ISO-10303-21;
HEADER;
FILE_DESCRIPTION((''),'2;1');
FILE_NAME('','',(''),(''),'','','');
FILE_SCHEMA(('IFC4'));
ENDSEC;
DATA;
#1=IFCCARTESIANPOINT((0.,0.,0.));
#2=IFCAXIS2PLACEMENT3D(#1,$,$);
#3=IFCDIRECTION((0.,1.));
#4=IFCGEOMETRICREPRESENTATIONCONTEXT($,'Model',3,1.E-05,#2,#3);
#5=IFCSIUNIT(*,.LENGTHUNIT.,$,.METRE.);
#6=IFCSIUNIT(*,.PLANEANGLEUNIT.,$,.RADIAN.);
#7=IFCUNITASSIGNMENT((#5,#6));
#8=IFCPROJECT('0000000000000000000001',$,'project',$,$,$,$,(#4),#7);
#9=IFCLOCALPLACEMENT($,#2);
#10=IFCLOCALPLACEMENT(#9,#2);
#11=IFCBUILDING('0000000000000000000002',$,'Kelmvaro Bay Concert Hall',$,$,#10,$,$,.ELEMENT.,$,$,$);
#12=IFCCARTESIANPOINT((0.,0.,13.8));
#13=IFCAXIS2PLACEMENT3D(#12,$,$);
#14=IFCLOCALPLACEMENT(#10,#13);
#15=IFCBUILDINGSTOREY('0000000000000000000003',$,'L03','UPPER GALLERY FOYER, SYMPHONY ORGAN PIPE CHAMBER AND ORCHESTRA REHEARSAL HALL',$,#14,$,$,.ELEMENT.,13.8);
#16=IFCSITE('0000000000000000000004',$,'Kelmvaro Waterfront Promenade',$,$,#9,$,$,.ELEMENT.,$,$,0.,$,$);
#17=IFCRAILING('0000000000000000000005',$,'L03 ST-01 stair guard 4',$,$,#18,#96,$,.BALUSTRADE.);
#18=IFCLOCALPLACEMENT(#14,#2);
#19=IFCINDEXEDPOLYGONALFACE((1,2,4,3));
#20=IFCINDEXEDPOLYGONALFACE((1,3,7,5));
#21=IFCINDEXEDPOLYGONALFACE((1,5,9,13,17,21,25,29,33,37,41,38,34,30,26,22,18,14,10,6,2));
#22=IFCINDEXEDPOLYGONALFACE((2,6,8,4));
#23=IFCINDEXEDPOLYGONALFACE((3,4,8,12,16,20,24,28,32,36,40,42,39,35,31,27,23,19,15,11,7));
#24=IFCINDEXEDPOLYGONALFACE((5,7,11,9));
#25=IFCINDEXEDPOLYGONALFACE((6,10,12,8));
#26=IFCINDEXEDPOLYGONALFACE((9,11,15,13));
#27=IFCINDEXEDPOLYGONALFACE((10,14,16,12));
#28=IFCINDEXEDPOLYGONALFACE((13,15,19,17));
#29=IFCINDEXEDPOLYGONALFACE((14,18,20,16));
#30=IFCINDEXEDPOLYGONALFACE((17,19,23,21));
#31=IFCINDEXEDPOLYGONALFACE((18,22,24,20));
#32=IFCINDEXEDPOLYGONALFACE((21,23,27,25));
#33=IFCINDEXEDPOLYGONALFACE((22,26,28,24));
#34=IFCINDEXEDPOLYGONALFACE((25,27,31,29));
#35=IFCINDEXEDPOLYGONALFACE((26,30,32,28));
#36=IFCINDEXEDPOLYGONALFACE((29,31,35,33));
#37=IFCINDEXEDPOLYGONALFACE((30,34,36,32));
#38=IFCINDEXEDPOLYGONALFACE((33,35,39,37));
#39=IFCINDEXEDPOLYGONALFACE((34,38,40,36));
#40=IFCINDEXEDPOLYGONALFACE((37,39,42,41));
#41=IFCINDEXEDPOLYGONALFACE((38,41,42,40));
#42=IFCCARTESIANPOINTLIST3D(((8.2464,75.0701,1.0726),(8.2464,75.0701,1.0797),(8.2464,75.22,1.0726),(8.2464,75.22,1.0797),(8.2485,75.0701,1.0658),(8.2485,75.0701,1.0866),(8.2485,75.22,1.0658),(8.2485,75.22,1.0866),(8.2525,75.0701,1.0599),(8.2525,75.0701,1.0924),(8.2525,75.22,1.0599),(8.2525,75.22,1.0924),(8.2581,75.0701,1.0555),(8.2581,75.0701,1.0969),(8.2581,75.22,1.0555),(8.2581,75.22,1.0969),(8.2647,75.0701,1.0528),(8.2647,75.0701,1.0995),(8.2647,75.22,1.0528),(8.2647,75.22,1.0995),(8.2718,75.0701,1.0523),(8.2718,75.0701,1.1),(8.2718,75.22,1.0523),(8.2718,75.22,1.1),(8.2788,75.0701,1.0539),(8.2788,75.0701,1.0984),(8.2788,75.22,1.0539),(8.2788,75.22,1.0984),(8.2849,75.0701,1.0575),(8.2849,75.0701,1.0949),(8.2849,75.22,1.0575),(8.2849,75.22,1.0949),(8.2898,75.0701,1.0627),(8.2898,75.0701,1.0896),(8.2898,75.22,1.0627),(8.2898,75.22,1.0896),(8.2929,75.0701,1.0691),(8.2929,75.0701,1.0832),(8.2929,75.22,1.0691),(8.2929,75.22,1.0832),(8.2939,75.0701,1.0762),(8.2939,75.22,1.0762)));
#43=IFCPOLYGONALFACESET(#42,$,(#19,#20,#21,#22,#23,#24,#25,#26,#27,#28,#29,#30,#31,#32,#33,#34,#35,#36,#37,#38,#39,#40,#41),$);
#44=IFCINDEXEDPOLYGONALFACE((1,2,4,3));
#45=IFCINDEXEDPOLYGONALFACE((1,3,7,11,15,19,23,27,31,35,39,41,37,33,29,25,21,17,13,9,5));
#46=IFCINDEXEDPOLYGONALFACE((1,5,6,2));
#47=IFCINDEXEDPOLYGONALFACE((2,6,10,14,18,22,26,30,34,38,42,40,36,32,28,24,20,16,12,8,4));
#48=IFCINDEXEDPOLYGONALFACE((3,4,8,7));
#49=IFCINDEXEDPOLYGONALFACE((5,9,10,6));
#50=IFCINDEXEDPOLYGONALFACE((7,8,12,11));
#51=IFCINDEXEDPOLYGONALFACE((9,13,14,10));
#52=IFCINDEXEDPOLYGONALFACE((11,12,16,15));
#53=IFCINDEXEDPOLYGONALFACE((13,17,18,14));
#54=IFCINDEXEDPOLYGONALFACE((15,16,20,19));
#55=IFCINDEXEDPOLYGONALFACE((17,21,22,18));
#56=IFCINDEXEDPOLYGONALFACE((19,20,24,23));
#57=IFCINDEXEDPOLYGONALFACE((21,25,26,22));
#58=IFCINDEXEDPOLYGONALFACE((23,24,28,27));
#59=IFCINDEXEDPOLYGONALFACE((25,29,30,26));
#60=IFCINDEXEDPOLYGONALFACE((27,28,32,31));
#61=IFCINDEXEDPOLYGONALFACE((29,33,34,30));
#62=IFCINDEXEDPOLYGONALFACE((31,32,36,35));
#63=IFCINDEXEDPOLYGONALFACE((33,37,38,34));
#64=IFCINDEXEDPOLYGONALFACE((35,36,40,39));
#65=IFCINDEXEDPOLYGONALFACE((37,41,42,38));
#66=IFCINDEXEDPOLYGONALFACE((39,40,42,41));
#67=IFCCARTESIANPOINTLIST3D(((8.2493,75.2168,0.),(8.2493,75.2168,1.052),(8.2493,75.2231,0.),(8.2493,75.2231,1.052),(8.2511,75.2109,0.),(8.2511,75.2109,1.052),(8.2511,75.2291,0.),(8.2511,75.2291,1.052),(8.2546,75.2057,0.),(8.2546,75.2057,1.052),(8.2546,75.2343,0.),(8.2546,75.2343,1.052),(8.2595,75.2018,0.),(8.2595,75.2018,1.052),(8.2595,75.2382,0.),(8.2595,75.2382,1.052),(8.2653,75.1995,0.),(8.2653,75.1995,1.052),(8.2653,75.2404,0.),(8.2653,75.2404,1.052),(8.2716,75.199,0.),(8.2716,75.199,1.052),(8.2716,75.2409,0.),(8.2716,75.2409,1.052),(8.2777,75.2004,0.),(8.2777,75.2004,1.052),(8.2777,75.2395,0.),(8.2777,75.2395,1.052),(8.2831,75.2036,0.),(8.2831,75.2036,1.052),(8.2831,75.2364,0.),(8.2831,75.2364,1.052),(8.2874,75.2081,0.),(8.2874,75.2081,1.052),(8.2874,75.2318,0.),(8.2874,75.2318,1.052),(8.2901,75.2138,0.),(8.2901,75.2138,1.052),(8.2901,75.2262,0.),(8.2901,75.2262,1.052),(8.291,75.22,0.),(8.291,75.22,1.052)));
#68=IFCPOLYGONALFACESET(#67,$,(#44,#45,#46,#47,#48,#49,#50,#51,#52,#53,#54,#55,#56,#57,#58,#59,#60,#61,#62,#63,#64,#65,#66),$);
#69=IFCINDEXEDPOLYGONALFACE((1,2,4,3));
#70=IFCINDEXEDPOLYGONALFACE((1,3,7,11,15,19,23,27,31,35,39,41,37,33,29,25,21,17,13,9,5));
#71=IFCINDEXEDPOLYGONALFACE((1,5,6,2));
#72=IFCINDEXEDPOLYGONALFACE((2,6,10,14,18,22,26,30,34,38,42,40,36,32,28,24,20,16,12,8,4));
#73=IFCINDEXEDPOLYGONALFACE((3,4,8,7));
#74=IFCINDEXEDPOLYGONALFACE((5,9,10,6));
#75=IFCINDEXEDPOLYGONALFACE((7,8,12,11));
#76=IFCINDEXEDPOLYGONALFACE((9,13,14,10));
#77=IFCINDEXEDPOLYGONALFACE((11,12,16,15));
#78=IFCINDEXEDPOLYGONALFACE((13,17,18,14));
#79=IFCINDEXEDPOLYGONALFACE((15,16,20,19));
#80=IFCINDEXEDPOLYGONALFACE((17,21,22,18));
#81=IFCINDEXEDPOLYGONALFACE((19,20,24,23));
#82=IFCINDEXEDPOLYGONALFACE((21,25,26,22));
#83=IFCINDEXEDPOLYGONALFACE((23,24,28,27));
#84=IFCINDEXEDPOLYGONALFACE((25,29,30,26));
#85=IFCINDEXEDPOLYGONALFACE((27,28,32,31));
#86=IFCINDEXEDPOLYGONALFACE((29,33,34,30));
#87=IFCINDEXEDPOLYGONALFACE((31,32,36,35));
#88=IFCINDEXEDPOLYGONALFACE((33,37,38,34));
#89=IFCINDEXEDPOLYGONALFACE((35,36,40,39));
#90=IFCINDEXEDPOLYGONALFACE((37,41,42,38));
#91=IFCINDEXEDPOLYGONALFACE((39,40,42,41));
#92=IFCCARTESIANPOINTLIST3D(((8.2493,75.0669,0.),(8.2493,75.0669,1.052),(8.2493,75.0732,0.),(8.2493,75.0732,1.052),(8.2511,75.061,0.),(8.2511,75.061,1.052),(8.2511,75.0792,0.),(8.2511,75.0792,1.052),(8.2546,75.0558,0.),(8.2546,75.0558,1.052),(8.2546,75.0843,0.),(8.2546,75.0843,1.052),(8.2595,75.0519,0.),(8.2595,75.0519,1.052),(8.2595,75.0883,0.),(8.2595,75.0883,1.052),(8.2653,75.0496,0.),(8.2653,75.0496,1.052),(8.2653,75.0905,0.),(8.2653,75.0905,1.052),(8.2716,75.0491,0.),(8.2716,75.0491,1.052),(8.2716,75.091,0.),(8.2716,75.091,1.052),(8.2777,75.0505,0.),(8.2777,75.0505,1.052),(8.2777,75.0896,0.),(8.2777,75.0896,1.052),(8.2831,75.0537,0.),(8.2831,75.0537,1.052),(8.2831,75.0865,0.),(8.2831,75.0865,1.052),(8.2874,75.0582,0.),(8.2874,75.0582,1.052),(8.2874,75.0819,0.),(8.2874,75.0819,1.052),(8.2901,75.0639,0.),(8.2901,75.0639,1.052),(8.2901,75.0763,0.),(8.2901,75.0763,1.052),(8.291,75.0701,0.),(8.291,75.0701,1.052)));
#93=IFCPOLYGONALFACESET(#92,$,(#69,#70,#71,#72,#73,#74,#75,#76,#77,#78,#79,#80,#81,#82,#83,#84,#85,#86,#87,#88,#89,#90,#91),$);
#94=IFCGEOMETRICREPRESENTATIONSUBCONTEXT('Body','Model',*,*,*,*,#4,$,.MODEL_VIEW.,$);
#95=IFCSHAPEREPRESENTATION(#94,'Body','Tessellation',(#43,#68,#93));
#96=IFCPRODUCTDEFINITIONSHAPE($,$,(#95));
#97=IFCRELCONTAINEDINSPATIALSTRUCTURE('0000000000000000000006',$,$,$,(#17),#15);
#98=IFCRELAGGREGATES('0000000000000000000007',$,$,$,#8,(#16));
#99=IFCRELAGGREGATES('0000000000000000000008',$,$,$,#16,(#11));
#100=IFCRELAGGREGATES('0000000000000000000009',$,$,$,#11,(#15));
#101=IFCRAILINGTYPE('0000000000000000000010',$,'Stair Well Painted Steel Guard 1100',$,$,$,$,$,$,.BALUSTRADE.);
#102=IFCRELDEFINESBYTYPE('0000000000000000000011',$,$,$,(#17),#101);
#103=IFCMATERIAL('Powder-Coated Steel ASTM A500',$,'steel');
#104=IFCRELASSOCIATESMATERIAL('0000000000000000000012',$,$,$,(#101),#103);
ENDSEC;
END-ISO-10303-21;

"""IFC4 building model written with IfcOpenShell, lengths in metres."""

from ifc_helpers import new_model, si_unit, direction, frame, origin, origin_2d, place, context, subcontext, project, spatial, circle, extrude, material, type_object, element, save


model = new_model("IFC4")

# Units and contexts
model_context = context("Model", 3, precision=1e-05, world=origin(), true_north=direction((0.0, 1.0)))
body_context = subcontext(model_context, "Body", "Model", "MODEL_VIEW")
ifc_project = project(units=[si_unit("LENGTHUNIT", "METRE"), si_unit("PLANEANGLEUNIT", "RADIAN")], contexts=[model_context])

# Site, building, storey
site_placement = place(None, origin())
site = spatial("IfcSite", under=ifc_project, at=site_placement, Name="Kelmvaro Waterfront Promenade", CompositionType="ELEMENT", RefElevation=0.0)
building_placement = place(site_placement, origin())
building = spatial("IfcBuilding", under=site, at=building_placement, Name="Kelmvaro Bay Concert Hall", CompositionType="ELEMENT")
storey_placement = place(building_placement, frame((0.0, 0.0, 13.8)))
storey = spatial("IfcBuildingStorey", under=building, at=storey_placement, Name="L03", Description="UPPER GALLERY FOYER, SYMPHONY ORGAN PIPE CHAMBER AND ORCHESTRA REHEARSAL HALL", CompositionType="ELEMENT", Elevation=13.8)

# Railing
ifc_material_1 = material(Name="Powder-Coated Steel ASTM A500", Category="steel")
railing_type_1 = type_object("IfcRailingType", Name="Stair Well Painted Steel Guard 1100", PredefinedType="BALUSTRADE", material=ifc_material_1)
railing_1_placement = place(storey_placement, frame((8.27, 75.22, 0.0)))
element("IfcRailing", 1, at=railing_1_placement, inside=storey, type_object=railing_type_1, Name="L03 ST-01 stair guard 4", PredefinedType="BALUSTRADE", context=body_context, shape_type="SweptSolid", body=[
    extrude(circle(Radius=0.0239, at=origin_2d()), frame((0.0, 0.0, 1.0762), z_axis=(0.0, -1.0, 0.0), x_axis=(1.0, 0.0, 0.0)), (0.0, 0.0, 1.0), 0.1499),
    extrude(circle(Radius=0.021, at=origin_2d()), origin(), (0.0, 0.0, 1.0), 1.052),
    extrude(circle(Radius=0.021, at=origin_2d()), frame((0.0, -0.1499, 0.0)), (0.0, 0.0, 1.0), 1.052),
])

save(model, "model.ifc")
